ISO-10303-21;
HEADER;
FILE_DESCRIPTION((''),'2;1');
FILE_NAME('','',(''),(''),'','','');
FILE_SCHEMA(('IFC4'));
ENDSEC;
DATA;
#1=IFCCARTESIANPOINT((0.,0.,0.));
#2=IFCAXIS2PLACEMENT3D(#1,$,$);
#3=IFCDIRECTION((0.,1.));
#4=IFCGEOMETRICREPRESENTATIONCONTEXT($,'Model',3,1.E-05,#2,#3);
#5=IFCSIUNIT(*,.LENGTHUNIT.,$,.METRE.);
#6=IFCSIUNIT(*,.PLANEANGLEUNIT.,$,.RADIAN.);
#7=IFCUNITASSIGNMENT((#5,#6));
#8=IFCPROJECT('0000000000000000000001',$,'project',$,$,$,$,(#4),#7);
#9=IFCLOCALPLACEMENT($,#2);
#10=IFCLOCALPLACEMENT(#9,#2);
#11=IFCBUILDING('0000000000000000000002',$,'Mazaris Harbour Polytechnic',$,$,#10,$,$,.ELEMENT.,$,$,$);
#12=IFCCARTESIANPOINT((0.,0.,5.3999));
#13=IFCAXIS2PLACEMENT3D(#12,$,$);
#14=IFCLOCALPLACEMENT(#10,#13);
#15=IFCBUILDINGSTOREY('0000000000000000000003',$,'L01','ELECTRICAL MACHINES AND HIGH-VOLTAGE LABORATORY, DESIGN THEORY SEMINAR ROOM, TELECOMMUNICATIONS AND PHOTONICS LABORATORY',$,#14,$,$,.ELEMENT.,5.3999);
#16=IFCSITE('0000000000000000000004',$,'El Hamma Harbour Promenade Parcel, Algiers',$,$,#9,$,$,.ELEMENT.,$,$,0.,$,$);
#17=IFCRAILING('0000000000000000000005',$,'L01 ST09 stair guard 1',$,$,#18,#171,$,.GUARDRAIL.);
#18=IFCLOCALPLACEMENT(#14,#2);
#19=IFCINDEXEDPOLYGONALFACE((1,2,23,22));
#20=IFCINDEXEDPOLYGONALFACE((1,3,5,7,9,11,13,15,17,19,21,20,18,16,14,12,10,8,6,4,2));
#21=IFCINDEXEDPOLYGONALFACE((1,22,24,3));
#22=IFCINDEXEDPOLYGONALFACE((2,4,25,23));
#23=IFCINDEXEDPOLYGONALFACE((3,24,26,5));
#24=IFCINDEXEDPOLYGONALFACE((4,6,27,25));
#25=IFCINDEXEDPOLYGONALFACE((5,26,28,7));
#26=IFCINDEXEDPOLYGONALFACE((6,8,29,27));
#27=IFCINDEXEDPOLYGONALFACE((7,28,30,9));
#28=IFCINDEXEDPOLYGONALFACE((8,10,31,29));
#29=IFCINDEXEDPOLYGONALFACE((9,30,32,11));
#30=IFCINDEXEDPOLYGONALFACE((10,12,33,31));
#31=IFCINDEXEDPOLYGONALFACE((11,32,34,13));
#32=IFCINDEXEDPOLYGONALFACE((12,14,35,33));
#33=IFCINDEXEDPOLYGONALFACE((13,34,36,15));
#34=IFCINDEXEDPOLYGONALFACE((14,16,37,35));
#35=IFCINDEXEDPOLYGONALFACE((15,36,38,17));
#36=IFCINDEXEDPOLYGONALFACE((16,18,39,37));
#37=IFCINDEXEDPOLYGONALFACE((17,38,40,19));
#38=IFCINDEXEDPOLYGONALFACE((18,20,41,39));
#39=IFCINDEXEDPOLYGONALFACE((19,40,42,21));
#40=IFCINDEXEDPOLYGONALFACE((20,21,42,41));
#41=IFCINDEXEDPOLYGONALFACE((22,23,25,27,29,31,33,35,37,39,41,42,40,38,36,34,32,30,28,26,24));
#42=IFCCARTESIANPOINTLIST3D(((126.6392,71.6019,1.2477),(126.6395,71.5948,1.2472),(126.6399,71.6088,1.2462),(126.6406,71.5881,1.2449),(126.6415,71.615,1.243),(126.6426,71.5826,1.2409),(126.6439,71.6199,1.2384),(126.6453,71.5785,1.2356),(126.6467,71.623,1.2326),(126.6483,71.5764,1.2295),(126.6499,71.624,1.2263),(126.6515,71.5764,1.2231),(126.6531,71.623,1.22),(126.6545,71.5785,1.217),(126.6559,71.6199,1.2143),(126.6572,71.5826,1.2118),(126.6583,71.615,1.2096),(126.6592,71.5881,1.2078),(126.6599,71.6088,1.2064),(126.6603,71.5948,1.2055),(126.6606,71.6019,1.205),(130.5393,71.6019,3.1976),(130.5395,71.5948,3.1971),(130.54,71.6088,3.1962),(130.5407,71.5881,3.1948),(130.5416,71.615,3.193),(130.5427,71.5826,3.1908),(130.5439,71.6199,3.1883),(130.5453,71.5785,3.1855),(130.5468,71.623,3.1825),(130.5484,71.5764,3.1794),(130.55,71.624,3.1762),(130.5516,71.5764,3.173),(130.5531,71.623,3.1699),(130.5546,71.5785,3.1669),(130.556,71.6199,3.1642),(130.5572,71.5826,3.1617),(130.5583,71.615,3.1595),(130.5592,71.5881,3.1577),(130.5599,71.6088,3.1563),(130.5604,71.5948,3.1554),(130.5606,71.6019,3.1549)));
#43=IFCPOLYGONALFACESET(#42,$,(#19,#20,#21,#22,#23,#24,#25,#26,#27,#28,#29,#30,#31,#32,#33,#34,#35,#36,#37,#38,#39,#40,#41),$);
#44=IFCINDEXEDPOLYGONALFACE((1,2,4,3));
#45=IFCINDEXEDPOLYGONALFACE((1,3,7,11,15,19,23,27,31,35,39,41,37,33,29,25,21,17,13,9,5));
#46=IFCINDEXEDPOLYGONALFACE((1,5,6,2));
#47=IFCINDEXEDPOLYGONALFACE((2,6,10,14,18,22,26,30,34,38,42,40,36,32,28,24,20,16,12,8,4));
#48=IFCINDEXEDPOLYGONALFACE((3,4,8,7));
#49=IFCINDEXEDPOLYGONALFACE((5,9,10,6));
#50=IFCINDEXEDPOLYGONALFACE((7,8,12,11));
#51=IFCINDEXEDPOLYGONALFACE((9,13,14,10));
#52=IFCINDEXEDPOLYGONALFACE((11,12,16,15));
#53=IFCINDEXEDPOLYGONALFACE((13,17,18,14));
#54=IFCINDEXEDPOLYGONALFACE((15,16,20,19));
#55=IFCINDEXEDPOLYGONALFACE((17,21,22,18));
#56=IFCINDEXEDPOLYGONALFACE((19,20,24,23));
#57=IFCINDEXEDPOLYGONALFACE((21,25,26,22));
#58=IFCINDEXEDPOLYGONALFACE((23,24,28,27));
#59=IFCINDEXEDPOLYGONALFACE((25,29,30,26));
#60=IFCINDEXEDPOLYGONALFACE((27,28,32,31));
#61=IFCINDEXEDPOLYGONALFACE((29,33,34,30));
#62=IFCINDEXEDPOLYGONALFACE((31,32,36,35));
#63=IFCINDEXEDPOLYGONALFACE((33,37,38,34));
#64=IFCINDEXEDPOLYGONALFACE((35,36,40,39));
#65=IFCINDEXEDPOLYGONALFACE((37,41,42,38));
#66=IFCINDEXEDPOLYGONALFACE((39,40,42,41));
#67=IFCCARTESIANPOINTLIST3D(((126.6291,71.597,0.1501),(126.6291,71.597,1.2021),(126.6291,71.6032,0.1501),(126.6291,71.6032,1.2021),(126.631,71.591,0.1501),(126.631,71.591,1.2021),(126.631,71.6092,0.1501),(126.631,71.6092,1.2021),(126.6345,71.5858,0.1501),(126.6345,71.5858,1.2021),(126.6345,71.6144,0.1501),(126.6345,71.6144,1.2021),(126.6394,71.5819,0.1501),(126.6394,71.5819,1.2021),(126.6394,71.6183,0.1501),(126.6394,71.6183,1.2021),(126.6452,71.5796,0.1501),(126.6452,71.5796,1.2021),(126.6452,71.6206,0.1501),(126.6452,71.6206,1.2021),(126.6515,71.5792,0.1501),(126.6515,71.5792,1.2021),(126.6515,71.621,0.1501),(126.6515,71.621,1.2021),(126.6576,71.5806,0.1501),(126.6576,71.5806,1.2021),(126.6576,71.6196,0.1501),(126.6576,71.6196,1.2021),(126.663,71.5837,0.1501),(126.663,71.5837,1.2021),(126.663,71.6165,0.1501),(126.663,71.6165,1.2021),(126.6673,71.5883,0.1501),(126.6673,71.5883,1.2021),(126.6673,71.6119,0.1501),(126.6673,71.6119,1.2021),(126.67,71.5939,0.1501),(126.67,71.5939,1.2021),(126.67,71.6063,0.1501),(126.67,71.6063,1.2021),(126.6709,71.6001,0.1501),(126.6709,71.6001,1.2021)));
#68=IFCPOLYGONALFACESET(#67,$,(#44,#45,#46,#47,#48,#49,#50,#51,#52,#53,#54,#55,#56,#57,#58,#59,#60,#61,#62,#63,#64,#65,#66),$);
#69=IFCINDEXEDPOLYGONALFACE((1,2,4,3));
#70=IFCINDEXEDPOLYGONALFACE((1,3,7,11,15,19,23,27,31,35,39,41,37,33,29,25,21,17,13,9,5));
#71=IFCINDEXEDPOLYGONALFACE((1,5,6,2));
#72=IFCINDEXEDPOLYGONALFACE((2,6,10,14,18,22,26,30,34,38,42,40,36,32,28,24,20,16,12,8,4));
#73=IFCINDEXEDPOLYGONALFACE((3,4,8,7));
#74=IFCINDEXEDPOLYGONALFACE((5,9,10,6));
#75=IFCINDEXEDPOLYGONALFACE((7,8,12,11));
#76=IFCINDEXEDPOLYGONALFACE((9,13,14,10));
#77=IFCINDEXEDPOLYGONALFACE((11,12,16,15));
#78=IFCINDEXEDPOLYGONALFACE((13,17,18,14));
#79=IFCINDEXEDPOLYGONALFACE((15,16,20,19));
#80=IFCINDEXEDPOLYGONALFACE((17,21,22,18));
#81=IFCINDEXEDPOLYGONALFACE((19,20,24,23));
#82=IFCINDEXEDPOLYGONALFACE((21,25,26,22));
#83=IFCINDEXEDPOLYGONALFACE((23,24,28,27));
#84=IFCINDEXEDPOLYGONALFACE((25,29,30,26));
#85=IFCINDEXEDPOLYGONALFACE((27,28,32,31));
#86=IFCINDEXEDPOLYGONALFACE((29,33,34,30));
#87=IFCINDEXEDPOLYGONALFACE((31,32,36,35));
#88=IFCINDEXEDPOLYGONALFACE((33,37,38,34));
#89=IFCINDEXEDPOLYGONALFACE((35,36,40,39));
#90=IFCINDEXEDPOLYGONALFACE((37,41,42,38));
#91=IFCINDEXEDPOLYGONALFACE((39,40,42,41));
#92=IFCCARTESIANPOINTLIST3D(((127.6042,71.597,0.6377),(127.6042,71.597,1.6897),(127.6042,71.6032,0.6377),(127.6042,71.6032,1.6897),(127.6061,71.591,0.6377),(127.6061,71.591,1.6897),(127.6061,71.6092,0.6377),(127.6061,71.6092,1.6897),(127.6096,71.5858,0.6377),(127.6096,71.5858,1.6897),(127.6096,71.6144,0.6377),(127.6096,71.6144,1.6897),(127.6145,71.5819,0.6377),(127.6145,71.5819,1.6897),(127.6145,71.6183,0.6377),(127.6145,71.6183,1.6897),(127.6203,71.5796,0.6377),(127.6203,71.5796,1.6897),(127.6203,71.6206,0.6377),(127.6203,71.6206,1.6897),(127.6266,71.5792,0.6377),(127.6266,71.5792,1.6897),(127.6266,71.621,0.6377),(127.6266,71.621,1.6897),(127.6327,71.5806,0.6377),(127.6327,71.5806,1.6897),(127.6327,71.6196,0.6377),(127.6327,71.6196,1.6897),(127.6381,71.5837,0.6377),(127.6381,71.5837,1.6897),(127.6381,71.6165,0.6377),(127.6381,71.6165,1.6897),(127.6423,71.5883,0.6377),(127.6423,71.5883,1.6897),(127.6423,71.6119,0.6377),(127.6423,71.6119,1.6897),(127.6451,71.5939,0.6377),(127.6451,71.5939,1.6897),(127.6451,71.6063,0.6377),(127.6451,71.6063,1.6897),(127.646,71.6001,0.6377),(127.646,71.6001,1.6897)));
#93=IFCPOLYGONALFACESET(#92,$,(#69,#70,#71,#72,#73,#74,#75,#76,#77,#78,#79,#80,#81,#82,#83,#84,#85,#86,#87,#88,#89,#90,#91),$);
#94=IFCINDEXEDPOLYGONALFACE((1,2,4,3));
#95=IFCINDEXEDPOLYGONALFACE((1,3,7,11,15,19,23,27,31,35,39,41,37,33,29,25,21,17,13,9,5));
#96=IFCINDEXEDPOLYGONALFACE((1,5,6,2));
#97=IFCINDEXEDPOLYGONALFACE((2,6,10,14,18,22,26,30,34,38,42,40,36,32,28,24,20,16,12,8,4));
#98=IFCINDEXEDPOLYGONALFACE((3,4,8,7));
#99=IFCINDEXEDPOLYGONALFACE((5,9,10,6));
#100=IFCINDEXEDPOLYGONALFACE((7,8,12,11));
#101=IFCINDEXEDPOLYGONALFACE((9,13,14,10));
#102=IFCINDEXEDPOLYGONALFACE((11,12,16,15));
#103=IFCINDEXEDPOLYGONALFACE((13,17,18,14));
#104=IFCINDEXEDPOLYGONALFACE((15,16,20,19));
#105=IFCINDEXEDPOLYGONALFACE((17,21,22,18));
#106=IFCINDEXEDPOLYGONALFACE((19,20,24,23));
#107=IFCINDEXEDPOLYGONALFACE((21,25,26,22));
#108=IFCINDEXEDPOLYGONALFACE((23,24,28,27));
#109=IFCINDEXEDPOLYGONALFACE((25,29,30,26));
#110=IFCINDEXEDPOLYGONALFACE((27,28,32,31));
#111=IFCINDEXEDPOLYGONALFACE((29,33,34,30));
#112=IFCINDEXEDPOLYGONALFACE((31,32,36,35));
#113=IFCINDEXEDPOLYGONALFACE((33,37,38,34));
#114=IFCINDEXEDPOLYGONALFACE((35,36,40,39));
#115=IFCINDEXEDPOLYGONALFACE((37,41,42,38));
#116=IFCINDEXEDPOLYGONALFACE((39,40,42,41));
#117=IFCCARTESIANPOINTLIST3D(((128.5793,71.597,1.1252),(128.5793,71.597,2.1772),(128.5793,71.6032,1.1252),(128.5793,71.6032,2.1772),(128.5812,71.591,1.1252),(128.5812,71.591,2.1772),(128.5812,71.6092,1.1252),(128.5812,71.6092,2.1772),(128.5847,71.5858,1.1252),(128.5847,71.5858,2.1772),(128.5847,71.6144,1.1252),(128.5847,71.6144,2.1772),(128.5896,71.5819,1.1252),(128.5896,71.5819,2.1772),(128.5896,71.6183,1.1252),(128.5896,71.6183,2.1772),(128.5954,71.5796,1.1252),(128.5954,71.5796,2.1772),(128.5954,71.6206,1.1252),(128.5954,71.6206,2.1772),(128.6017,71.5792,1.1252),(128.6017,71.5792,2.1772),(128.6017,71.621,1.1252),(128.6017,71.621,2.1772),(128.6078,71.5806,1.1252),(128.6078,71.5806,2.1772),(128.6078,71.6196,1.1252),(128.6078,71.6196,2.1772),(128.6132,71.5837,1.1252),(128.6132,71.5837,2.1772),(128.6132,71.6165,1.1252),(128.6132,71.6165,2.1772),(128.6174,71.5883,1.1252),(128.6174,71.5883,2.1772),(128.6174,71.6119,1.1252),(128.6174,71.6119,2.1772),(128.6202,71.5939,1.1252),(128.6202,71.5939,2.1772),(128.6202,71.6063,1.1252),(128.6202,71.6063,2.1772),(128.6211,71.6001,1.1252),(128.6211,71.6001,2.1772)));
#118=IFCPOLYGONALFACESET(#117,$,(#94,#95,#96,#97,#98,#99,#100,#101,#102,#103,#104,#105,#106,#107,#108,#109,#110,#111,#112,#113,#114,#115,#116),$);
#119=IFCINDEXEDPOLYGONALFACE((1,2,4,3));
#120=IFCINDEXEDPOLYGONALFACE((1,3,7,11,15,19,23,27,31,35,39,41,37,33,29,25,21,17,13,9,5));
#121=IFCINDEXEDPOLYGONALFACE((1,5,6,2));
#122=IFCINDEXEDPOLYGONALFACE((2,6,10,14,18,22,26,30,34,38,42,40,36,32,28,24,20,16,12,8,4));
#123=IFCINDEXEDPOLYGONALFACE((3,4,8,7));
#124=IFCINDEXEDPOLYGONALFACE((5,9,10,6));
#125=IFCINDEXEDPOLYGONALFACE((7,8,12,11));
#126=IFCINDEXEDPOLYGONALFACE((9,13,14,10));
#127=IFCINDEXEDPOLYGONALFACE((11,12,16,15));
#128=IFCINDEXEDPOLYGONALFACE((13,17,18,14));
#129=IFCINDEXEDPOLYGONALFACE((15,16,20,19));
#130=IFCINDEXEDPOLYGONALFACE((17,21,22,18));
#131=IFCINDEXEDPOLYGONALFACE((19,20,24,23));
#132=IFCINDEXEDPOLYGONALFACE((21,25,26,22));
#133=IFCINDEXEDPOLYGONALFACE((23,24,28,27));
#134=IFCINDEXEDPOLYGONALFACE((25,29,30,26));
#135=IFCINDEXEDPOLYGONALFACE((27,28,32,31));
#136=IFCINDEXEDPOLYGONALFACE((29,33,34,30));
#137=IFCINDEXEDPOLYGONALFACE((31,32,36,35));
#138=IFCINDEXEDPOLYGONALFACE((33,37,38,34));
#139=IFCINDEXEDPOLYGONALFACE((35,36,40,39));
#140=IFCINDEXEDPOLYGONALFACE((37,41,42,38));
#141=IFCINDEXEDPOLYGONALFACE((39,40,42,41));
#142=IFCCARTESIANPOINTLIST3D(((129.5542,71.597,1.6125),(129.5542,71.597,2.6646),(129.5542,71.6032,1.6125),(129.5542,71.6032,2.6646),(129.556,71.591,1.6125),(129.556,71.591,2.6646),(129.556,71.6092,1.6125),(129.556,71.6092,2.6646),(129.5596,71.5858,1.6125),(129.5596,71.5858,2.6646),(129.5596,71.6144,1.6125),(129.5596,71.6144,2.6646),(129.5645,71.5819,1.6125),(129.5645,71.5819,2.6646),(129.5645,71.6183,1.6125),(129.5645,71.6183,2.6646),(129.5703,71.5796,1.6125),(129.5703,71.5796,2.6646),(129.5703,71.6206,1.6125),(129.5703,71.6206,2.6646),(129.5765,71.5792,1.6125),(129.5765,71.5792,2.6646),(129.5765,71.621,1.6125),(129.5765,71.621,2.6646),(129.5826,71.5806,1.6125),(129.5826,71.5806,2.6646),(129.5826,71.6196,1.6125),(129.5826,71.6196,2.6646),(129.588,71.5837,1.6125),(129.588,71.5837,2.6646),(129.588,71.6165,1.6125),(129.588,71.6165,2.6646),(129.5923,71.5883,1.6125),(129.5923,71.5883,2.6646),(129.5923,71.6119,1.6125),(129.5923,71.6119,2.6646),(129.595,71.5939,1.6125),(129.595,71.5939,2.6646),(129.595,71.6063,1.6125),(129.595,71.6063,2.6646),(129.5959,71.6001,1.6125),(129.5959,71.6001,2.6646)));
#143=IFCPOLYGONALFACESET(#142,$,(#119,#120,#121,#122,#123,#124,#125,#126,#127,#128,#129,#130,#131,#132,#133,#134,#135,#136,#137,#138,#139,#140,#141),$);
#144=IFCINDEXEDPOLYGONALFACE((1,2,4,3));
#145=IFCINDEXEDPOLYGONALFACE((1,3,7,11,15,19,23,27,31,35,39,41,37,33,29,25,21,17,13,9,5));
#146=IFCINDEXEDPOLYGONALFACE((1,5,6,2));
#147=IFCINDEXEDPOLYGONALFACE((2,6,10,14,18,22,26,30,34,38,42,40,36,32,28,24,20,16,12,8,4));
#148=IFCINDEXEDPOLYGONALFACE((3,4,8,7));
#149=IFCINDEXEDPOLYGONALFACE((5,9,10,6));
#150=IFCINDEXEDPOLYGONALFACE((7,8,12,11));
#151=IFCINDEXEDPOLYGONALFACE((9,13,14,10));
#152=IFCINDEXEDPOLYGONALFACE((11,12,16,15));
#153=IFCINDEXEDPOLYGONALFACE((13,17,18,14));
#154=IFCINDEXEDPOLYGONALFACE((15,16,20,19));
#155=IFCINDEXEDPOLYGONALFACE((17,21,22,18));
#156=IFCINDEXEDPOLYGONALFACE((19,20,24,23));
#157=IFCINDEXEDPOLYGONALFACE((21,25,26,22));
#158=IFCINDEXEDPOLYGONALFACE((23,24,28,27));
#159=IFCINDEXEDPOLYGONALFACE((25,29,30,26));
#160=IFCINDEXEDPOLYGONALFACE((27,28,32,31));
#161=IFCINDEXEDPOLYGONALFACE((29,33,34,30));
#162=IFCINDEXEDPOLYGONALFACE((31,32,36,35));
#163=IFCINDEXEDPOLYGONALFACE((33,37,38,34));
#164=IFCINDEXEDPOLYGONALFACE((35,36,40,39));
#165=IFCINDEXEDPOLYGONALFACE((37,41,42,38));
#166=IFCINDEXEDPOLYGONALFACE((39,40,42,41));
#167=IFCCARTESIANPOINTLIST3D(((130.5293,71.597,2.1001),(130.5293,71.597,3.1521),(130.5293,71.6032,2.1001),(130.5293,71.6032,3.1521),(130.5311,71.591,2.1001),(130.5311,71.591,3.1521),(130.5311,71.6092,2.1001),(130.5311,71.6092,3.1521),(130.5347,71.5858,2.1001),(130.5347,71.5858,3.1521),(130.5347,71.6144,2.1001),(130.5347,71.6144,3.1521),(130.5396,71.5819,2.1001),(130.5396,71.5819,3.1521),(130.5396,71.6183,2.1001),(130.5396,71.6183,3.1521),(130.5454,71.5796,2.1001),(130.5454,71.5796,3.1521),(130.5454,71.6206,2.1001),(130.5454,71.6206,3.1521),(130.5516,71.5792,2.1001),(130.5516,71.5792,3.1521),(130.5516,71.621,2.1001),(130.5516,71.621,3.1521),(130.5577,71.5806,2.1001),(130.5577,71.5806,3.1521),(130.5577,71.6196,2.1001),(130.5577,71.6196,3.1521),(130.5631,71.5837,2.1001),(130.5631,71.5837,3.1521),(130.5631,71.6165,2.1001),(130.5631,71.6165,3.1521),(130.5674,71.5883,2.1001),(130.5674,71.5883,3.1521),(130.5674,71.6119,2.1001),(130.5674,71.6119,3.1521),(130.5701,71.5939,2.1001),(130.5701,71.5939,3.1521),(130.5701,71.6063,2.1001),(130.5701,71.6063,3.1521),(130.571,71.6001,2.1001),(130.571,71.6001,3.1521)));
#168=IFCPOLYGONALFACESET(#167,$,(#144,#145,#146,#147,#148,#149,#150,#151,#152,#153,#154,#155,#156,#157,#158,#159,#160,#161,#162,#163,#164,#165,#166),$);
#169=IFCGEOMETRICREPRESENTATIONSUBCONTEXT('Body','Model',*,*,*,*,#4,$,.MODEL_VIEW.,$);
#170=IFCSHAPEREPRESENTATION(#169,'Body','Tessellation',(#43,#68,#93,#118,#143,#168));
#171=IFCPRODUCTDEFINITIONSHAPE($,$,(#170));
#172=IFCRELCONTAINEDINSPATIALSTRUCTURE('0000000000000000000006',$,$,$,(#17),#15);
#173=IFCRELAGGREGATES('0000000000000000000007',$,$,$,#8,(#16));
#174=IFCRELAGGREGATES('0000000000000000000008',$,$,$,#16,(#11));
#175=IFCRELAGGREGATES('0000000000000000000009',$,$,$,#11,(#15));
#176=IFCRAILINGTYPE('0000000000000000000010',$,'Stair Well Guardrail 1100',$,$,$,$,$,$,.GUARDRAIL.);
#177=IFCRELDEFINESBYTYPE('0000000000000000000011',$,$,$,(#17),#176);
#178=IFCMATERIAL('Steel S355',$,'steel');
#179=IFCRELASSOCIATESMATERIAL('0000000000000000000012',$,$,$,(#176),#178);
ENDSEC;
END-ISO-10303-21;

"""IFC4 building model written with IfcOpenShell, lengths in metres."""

from ifc_helpers import new_model, si_unit, direction, frame, origin, origin_2d, place, context, subcontext, project, spatial, circle, extrude, material, type_object, element, save


model = new_model("IFC4")

# Units and contexts
model_context = context("Model", 3, precision=1e-05, world=origin(), true_north=direction((0.0, 1.0)))
body_context = subcontext(model_context, "Body", "Model", "MODEL_VIEW")
ifc_project = project(units=[si_unit("LENGTHUNIT", "METRE"), si_unit("PLANEANGLEUNIT", "RADIAN")], contexts=[model_context])

# Site, building, storey
site_placement = place(None, origin())
site = spatial("IfcSite", under=ifc_project, at=site_placement, Name="El Hamma Harbour Promenade Parcel, Algiers", CompositionType="ELEMENT", RefElevation=0.0)
building_placement = place(site_placement, origin())
building = spatial("IfcBuilding", under=site, at=building_placement, Name="Mazaris Harbour Polytechnic", CompositionType="ELEMENT")
storey_placement = place(building_placement, frame((0.0, 0.0, 5.3999)))
storey = spatial("IfcBuildingStorey", under=building, at=storey_placement, Name="L01", Description="ELECTRICAL MACHINES AND HIGH-VOLTAGE LABORATORY, DESIGN THEORY SEMINAR ROOM, TELECOMMUNICATIONS AND PHOTONICS LABORATORY", CompositionType="ELEMENT", Elevation=5.3999)

# Railing
ifc_material_1 = material(Name="Steel S355", Category="steel")
railing_type_1 = type_object("IfcRailingType", Name="Stair Well Guardrail 1100", PredefinedType="GUARDRAIL", material=ifc_material_1)
railing_1_placement = place(storey_placement, frame((126.6499, 71.6001, 0.1501)))
element("IfcRailing", 1, at=railing_1_placement, inside=storey, type_object=railing_type_1, Name="L01 ST09 stair guard 1", PredefinedType="GUARDRAIL", context=body_context, shape_type="SweptSolid", body=[
    extrude(circle(Radius=0.0239, at=origin_2d()), frame((0.0, 0.0, 1.0762), z_axis=(0.894438, 0.0, 0.447191), x_axis=(0.0, 1.0, 0.0)), (0.0, 0.0, 1.0), 4.3604),
    extrude(circle(Radius=0.021, at=origin_2d()), origin(), (0.0, 0.0, 1.0), 1.052),
    extrude(circle(Radius=0.021, at=origin_2d()), frame((0.9751, 0.0, 0.4875)), (0.0, 0.0, 1.0), 1.052),
    extrude(circle(Radius=0.021, at=origin_2d()), frame((1.9502, 0.0, 0.9751)), (0.0, 0.0, 1.0), 1.052),
    extrude(circle(Radius=0.021, at=origin_2d()), frame((2.925, 0.0, 1.4624)), (0.0, 0.0, 1.0), 1.052),
    extrude(circle(Radius=0.021, at=origin_2d()), frame((3.9001, 0.0, 1.95)), (0.0, 0.0, 1.0), 1.052),
])

save(model, "model.ifc")
